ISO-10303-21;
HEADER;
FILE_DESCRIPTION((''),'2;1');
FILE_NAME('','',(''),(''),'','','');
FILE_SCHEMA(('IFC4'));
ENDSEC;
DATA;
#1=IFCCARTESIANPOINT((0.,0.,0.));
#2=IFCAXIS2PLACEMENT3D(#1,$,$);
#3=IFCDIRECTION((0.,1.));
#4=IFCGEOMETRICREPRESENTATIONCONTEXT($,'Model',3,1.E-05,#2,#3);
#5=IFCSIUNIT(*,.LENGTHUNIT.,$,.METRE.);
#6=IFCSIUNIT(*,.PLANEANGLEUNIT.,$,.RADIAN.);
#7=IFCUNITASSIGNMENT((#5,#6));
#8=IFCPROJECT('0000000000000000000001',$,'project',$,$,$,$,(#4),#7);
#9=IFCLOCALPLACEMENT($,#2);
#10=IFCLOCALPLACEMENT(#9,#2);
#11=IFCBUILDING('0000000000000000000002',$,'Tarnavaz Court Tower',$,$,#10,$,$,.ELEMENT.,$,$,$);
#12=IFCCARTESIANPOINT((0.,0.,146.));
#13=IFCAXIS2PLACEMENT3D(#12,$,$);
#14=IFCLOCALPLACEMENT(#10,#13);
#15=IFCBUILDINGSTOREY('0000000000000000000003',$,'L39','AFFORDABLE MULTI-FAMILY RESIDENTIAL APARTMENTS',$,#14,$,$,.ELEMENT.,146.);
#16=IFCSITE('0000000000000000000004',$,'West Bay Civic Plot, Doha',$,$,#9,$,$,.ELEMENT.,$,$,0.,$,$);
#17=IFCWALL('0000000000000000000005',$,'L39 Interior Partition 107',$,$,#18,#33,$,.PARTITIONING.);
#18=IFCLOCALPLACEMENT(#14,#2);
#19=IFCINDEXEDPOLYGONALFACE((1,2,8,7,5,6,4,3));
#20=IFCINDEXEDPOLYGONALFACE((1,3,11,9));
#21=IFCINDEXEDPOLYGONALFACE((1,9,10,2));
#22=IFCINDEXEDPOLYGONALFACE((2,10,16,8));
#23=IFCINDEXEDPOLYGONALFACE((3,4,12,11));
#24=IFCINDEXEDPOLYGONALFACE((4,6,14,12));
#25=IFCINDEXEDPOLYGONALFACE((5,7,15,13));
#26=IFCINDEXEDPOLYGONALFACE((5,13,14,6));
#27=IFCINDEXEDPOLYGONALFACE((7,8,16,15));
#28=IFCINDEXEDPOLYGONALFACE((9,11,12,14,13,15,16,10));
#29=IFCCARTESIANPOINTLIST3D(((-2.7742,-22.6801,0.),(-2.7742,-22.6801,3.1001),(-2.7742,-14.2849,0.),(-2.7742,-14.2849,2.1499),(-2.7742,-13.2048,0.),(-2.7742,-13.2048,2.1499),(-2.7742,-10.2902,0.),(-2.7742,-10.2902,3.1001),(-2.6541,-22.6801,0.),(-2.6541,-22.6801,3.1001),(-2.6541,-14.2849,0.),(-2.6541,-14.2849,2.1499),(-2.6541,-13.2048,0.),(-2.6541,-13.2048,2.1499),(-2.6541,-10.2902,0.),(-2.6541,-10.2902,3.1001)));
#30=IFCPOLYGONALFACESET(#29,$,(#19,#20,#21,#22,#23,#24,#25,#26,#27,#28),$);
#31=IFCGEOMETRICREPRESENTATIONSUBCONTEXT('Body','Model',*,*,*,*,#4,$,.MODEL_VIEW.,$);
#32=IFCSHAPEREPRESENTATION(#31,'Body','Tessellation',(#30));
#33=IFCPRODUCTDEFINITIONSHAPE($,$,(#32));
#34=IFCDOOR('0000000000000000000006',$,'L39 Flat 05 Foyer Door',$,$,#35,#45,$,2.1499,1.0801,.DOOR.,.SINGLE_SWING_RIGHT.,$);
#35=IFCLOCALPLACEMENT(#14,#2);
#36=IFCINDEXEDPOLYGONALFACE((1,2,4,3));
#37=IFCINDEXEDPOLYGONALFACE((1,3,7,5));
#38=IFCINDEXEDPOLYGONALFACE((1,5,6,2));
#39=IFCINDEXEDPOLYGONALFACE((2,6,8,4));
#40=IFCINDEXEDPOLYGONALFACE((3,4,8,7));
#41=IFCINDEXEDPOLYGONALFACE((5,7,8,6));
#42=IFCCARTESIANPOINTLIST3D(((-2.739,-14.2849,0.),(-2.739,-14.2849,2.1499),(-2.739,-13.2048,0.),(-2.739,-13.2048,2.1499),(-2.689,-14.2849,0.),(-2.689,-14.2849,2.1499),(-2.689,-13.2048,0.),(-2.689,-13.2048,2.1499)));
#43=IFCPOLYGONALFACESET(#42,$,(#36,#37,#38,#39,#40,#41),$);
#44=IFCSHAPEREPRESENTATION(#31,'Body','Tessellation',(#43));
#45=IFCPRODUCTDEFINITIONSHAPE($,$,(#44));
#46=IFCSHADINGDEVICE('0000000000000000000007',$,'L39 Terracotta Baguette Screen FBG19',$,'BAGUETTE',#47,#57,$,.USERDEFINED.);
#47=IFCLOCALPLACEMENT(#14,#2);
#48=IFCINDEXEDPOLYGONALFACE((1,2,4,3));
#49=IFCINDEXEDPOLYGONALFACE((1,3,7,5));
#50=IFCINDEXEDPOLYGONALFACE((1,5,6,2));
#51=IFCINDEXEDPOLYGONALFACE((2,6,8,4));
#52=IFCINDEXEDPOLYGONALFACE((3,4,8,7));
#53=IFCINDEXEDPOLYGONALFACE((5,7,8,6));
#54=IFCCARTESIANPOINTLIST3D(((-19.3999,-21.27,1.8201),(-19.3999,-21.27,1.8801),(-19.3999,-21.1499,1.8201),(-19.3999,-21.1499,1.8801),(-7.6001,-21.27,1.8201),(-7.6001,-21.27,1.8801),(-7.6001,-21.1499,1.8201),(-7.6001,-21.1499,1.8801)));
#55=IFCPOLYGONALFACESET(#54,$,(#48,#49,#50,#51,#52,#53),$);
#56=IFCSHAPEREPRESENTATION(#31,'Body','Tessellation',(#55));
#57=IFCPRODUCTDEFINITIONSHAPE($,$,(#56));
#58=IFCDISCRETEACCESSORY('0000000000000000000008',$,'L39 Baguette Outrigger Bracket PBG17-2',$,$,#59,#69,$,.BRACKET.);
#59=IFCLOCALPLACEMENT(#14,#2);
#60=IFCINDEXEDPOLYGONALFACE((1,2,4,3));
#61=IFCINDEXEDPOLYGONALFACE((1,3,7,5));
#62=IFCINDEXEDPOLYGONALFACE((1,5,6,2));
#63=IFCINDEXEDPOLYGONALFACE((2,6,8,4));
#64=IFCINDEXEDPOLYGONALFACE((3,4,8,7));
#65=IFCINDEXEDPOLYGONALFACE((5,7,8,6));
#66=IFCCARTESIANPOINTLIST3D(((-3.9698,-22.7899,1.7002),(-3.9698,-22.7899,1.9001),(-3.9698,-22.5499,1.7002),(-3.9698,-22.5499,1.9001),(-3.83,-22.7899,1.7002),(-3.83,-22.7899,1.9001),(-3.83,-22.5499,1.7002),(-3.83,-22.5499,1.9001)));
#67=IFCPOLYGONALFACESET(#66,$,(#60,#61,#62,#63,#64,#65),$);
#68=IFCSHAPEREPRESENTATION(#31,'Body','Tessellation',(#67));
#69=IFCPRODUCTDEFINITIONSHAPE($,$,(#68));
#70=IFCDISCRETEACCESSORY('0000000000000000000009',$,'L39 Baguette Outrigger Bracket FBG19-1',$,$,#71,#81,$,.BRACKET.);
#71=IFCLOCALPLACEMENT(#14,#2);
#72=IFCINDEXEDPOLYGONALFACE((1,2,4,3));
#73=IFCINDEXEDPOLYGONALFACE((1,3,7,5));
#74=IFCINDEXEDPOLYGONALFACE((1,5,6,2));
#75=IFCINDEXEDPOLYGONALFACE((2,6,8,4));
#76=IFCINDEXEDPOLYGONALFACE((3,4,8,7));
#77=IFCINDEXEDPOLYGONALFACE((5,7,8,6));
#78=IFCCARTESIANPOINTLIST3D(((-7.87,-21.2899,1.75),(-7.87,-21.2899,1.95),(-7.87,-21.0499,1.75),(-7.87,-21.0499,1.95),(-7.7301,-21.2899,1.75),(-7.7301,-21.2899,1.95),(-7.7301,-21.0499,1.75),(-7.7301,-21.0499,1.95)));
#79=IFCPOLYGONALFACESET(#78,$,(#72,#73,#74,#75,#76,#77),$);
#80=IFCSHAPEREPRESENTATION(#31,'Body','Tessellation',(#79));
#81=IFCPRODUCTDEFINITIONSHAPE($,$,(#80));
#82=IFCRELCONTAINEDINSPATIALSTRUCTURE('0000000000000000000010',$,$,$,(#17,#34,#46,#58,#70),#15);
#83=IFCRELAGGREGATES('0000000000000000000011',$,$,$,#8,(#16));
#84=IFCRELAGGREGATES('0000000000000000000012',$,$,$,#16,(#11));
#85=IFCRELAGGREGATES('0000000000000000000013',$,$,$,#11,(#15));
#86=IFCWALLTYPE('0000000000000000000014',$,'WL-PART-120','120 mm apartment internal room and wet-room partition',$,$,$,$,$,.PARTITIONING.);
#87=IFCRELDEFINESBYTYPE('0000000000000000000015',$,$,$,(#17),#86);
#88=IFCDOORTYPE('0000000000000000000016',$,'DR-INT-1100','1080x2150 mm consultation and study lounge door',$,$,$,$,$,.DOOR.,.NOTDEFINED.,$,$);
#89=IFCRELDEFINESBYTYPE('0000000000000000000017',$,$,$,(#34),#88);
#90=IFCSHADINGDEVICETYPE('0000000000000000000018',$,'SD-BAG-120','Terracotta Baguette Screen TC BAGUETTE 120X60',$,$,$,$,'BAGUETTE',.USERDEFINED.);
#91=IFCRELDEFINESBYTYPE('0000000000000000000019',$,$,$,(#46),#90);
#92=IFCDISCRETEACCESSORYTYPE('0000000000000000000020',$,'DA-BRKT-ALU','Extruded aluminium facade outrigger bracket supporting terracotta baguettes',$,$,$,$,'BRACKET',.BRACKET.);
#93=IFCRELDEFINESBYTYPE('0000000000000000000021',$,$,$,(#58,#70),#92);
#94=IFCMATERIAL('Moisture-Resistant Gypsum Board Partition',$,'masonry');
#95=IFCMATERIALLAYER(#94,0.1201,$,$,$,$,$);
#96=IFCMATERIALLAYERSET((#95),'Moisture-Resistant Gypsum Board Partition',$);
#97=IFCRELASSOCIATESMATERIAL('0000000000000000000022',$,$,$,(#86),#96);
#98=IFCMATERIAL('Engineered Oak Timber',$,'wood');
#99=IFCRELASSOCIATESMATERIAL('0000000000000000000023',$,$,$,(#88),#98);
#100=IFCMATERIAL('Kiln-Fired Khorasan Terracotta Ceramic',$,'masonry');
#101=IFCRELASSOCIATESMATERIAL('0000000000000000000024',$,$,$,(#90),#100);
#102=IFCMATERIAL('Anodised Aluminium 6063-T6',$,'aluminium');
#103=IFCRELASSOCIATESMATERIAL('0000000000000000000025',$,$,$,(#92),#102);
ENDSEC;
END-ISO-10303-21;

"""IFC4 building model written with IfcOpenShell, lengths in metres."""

from ifc_helpers import new_model, si_unit, direction, frame, frame_2d, origin, origin_2d, place, context, subcontext, project, spatial, rectangle, extrude, material, layer, layer_set, material_profile, profile_set, type_object, element, fill, save


model = new_model("IFC4")

# Units and contexts
model_context = context("Model", 3, precision=1e-05, world=origin(), true_north=direction((0.0, 1.0)))
body_context = subcontext(model_context, "Body", "Model", "MODEL_VIEW")
ifc_project = project(units=[si_unit("LENGTHUNIT", "METRE"), si_unit("PLANEANGLEUNIT", "RADIAN")], contexts=[model_context])

# Site, building, storey
site_placement = place(None, origin())
site = spatial("IfcSite", under=ifc_project, at=site_placement, Name="West Bay Civic Plot, Doha", CompositionType="ELEMENT", RefElevation=0.0)
building_placement = place(site_placement, origin())
building = spatial("IfcBuilding", under=site, at=building_placement, Name="Tarnavaz Court Tower", CompositionType="ELEMENT")
storey_placement = place(building_placement, frame((0.0, 0.0, 146.0)))
storey = spatial("IfcBuildingStorey", under=building, at=storey_placement, Name="L39", Description="AFFORDABLE MULTI-FAMILY RESIDENTIAL APARTMENTS", CompositionType="ELEMENT", Elevation=146.0)

# Shared definitions
ifc_material_1 = material(Name="Anodised Aluminium 6063-T6", Category="aluminium")

# Shared definitions
ifc_material_2 = material(Name="Moisture-Resistant Gypsum Board Partition", Category="masonry")
ifc_layer_1 = layer(ifc_material_2, 0.1201)
ifc_layer_set_1 = layer_set([ifc_layer_1], Name="Moisture-Resistant Gypsum Board Partition")
wall_type_1 = type_object("IfcWallType", Name="WL-PART-120", Description="120 mm apartment internal room and wet-room partition", PredefinedType="PARTITIONING", material=ifc_layer_set_1)

# Wall, opening, door
wall_1_placement = place(storey_placement, frame((-2.7141, -22.6799, 0.0), z_axis=(0.0, 0.0, 1.0), x_axis=(0.0, 1.0, 0.0)))
wall_1 = element("IfcWall", 1, at=wall_1_placement, inside=storey, type_object=wall_type_1, Name="L39 Interior Partition 107", PredefinedType="PARTITIONING", context=body_context, shape_type="SweptSolid", body=[
    extrude(rectangle(XDim=12.3899, YDim=0.1201, at=frame_2d((6.1948, 0.0))), origin(), (0.0, 0.0, 1.0), 3.1001),
])
opening_1_placement = place(wall_1_placement, frame((8.395, 0.0, 0.0)))
opening_1 = element("IfcOpeningElement", 2, at=opening_1_placement, cuts=wall_1, PredefinedType="OPENING", context=body_context, shape_type="SweptSolid", body=[
    extrude(rectangle(XDim=1.0801, YDim=2.1499, at=frame_2d((0.54, 1.075))), frame((0.0, 0.0701, 0.0), z_axis=(0.0, -1.0, 0.0), x_axis=(1.0, 0.0, 0.0)), (0.0, 0.0, 1.0), 0.1401),
])
ifc_material_3 = material(Name="Engineered Oak Timber", Category="wood")
door_type = type_object("IfcDoorType", Name="DR-INT-1100", Description="1080x2150 mm consultation and study lounge door", OperationType="NOTDEFINED", PredefinedType="DOOR", material=ifc_material_3)
door_placement = place(opening_1_placement, origin())
door = element("IfcDoor", 3, at=door_placement, inside=storey, type_object=door_type, Name="L39 Flat 05 Foyer Door", OperationType="SINGLE_SWING_RIGHT", OverallHeight=2.1499, OverallWidth=1.0801, PredefinedType="DOOR", context=body_context, shape_type="SweptSolid", body=[
    extrude(rectangle(XDim=1.0801, YDim=2.1499, at=frame_2d((0.54, 1.075))), frame((0.0, 0.0249, 0.0), z_axis=(0.0, -1.0, 0.0), x_axis=(1.0, 0.0, 0.0)), (0.0, 0.0, 1.0), 0.05),
])
fill(opening_1, door)

# Shading device
ifc_material_4 = material(Name="Kiln-Fired Khorasan Terracotta Ceramic", Category="masonry")
ifc_material_profile_1 = material_profile(ifc_material_4, rectangle(XDim=0.1201, YDim=0.0601, at=origin_2d()), Name="TC BAGUETTE 120X60")
ifc_profile_set_1 = profile_set([ifc_material_profile_1], Name="Kiln-Fired Khorasan Terracotta Ceramic")
shading_device_type = type_object("IfcShadingDeviceType", Name="SD-BAG-120", Description="Terracotta Baguette Screen TC BAGUETTE 120X60", ElementType="BAGUETTE", PredefinedType="USERDEFINED", material=ifc_profile_set_1)
shading_device_placement = place(storey_placement, frame((-7.6001, -21.21, 1.8501), z_axis=(-1.0, 0.0, 0.0), x_axis=(0.0, -1.0, 0.0)))
element("IfcShadingDevice", 4, at=shading_device_placement, inside=storey, type_object=shading_device_type, Name="L39 Terracotta Baguette Screen FBG19", ObjectType="BAGUETTE", PredefinedType="USERDEFINED", context=body_context, shape_type="SweptSolid", body=[
    extrude(rectangle(XDim=0.1201, YDim=0.0601, at=origin_2d()), origin(), (0.0, 0.0, 1.0), 11.7998),
])

# Discrete accessories
discrete_accessory_type = type_object("IfcDiscreteAccessoryType", Name="DA-BRKT-ALU", Description="Extruded aluminium facade outrigger bracket supporting terracotta baguettes", ElementType="BRACKET", PredefinedType="BRACKET", material=ifc_material_1)
for number, where, z_axis, x_axis, name in (
    (5, (-3.8999, -22.6699, 1.7002), (0.0, 0.0, 1.0), (-1.0, 0.0, 0.0), "L39 Baguette Outrigger Bracket PBG17-2"),
    (6, (-7.8, -21.1699, 1.75), (0.0, 0.0, 1.0), (-1.0, 0.0, 0.0), "L39 Baguette Outrigger Bracket FBG19-1"),
):
    element("IfcDiscreteAccessory", number, at=place(storey_placement, frame(where, z_axis=z_axis, x_axis=x_axis)), inside=storey, type_object=discrete_accessory_type, Name=name, PredefinedType="BRACKET", context=body_context, shape_type="SweptSolid", body=[
        extrude(rectangle(XDim=0.1399, YDim=0.24, at=origin_2d()), origin(), (0.0, 0.0, 1.0), 0.2),
    ])

save(model, "model.ifc")
